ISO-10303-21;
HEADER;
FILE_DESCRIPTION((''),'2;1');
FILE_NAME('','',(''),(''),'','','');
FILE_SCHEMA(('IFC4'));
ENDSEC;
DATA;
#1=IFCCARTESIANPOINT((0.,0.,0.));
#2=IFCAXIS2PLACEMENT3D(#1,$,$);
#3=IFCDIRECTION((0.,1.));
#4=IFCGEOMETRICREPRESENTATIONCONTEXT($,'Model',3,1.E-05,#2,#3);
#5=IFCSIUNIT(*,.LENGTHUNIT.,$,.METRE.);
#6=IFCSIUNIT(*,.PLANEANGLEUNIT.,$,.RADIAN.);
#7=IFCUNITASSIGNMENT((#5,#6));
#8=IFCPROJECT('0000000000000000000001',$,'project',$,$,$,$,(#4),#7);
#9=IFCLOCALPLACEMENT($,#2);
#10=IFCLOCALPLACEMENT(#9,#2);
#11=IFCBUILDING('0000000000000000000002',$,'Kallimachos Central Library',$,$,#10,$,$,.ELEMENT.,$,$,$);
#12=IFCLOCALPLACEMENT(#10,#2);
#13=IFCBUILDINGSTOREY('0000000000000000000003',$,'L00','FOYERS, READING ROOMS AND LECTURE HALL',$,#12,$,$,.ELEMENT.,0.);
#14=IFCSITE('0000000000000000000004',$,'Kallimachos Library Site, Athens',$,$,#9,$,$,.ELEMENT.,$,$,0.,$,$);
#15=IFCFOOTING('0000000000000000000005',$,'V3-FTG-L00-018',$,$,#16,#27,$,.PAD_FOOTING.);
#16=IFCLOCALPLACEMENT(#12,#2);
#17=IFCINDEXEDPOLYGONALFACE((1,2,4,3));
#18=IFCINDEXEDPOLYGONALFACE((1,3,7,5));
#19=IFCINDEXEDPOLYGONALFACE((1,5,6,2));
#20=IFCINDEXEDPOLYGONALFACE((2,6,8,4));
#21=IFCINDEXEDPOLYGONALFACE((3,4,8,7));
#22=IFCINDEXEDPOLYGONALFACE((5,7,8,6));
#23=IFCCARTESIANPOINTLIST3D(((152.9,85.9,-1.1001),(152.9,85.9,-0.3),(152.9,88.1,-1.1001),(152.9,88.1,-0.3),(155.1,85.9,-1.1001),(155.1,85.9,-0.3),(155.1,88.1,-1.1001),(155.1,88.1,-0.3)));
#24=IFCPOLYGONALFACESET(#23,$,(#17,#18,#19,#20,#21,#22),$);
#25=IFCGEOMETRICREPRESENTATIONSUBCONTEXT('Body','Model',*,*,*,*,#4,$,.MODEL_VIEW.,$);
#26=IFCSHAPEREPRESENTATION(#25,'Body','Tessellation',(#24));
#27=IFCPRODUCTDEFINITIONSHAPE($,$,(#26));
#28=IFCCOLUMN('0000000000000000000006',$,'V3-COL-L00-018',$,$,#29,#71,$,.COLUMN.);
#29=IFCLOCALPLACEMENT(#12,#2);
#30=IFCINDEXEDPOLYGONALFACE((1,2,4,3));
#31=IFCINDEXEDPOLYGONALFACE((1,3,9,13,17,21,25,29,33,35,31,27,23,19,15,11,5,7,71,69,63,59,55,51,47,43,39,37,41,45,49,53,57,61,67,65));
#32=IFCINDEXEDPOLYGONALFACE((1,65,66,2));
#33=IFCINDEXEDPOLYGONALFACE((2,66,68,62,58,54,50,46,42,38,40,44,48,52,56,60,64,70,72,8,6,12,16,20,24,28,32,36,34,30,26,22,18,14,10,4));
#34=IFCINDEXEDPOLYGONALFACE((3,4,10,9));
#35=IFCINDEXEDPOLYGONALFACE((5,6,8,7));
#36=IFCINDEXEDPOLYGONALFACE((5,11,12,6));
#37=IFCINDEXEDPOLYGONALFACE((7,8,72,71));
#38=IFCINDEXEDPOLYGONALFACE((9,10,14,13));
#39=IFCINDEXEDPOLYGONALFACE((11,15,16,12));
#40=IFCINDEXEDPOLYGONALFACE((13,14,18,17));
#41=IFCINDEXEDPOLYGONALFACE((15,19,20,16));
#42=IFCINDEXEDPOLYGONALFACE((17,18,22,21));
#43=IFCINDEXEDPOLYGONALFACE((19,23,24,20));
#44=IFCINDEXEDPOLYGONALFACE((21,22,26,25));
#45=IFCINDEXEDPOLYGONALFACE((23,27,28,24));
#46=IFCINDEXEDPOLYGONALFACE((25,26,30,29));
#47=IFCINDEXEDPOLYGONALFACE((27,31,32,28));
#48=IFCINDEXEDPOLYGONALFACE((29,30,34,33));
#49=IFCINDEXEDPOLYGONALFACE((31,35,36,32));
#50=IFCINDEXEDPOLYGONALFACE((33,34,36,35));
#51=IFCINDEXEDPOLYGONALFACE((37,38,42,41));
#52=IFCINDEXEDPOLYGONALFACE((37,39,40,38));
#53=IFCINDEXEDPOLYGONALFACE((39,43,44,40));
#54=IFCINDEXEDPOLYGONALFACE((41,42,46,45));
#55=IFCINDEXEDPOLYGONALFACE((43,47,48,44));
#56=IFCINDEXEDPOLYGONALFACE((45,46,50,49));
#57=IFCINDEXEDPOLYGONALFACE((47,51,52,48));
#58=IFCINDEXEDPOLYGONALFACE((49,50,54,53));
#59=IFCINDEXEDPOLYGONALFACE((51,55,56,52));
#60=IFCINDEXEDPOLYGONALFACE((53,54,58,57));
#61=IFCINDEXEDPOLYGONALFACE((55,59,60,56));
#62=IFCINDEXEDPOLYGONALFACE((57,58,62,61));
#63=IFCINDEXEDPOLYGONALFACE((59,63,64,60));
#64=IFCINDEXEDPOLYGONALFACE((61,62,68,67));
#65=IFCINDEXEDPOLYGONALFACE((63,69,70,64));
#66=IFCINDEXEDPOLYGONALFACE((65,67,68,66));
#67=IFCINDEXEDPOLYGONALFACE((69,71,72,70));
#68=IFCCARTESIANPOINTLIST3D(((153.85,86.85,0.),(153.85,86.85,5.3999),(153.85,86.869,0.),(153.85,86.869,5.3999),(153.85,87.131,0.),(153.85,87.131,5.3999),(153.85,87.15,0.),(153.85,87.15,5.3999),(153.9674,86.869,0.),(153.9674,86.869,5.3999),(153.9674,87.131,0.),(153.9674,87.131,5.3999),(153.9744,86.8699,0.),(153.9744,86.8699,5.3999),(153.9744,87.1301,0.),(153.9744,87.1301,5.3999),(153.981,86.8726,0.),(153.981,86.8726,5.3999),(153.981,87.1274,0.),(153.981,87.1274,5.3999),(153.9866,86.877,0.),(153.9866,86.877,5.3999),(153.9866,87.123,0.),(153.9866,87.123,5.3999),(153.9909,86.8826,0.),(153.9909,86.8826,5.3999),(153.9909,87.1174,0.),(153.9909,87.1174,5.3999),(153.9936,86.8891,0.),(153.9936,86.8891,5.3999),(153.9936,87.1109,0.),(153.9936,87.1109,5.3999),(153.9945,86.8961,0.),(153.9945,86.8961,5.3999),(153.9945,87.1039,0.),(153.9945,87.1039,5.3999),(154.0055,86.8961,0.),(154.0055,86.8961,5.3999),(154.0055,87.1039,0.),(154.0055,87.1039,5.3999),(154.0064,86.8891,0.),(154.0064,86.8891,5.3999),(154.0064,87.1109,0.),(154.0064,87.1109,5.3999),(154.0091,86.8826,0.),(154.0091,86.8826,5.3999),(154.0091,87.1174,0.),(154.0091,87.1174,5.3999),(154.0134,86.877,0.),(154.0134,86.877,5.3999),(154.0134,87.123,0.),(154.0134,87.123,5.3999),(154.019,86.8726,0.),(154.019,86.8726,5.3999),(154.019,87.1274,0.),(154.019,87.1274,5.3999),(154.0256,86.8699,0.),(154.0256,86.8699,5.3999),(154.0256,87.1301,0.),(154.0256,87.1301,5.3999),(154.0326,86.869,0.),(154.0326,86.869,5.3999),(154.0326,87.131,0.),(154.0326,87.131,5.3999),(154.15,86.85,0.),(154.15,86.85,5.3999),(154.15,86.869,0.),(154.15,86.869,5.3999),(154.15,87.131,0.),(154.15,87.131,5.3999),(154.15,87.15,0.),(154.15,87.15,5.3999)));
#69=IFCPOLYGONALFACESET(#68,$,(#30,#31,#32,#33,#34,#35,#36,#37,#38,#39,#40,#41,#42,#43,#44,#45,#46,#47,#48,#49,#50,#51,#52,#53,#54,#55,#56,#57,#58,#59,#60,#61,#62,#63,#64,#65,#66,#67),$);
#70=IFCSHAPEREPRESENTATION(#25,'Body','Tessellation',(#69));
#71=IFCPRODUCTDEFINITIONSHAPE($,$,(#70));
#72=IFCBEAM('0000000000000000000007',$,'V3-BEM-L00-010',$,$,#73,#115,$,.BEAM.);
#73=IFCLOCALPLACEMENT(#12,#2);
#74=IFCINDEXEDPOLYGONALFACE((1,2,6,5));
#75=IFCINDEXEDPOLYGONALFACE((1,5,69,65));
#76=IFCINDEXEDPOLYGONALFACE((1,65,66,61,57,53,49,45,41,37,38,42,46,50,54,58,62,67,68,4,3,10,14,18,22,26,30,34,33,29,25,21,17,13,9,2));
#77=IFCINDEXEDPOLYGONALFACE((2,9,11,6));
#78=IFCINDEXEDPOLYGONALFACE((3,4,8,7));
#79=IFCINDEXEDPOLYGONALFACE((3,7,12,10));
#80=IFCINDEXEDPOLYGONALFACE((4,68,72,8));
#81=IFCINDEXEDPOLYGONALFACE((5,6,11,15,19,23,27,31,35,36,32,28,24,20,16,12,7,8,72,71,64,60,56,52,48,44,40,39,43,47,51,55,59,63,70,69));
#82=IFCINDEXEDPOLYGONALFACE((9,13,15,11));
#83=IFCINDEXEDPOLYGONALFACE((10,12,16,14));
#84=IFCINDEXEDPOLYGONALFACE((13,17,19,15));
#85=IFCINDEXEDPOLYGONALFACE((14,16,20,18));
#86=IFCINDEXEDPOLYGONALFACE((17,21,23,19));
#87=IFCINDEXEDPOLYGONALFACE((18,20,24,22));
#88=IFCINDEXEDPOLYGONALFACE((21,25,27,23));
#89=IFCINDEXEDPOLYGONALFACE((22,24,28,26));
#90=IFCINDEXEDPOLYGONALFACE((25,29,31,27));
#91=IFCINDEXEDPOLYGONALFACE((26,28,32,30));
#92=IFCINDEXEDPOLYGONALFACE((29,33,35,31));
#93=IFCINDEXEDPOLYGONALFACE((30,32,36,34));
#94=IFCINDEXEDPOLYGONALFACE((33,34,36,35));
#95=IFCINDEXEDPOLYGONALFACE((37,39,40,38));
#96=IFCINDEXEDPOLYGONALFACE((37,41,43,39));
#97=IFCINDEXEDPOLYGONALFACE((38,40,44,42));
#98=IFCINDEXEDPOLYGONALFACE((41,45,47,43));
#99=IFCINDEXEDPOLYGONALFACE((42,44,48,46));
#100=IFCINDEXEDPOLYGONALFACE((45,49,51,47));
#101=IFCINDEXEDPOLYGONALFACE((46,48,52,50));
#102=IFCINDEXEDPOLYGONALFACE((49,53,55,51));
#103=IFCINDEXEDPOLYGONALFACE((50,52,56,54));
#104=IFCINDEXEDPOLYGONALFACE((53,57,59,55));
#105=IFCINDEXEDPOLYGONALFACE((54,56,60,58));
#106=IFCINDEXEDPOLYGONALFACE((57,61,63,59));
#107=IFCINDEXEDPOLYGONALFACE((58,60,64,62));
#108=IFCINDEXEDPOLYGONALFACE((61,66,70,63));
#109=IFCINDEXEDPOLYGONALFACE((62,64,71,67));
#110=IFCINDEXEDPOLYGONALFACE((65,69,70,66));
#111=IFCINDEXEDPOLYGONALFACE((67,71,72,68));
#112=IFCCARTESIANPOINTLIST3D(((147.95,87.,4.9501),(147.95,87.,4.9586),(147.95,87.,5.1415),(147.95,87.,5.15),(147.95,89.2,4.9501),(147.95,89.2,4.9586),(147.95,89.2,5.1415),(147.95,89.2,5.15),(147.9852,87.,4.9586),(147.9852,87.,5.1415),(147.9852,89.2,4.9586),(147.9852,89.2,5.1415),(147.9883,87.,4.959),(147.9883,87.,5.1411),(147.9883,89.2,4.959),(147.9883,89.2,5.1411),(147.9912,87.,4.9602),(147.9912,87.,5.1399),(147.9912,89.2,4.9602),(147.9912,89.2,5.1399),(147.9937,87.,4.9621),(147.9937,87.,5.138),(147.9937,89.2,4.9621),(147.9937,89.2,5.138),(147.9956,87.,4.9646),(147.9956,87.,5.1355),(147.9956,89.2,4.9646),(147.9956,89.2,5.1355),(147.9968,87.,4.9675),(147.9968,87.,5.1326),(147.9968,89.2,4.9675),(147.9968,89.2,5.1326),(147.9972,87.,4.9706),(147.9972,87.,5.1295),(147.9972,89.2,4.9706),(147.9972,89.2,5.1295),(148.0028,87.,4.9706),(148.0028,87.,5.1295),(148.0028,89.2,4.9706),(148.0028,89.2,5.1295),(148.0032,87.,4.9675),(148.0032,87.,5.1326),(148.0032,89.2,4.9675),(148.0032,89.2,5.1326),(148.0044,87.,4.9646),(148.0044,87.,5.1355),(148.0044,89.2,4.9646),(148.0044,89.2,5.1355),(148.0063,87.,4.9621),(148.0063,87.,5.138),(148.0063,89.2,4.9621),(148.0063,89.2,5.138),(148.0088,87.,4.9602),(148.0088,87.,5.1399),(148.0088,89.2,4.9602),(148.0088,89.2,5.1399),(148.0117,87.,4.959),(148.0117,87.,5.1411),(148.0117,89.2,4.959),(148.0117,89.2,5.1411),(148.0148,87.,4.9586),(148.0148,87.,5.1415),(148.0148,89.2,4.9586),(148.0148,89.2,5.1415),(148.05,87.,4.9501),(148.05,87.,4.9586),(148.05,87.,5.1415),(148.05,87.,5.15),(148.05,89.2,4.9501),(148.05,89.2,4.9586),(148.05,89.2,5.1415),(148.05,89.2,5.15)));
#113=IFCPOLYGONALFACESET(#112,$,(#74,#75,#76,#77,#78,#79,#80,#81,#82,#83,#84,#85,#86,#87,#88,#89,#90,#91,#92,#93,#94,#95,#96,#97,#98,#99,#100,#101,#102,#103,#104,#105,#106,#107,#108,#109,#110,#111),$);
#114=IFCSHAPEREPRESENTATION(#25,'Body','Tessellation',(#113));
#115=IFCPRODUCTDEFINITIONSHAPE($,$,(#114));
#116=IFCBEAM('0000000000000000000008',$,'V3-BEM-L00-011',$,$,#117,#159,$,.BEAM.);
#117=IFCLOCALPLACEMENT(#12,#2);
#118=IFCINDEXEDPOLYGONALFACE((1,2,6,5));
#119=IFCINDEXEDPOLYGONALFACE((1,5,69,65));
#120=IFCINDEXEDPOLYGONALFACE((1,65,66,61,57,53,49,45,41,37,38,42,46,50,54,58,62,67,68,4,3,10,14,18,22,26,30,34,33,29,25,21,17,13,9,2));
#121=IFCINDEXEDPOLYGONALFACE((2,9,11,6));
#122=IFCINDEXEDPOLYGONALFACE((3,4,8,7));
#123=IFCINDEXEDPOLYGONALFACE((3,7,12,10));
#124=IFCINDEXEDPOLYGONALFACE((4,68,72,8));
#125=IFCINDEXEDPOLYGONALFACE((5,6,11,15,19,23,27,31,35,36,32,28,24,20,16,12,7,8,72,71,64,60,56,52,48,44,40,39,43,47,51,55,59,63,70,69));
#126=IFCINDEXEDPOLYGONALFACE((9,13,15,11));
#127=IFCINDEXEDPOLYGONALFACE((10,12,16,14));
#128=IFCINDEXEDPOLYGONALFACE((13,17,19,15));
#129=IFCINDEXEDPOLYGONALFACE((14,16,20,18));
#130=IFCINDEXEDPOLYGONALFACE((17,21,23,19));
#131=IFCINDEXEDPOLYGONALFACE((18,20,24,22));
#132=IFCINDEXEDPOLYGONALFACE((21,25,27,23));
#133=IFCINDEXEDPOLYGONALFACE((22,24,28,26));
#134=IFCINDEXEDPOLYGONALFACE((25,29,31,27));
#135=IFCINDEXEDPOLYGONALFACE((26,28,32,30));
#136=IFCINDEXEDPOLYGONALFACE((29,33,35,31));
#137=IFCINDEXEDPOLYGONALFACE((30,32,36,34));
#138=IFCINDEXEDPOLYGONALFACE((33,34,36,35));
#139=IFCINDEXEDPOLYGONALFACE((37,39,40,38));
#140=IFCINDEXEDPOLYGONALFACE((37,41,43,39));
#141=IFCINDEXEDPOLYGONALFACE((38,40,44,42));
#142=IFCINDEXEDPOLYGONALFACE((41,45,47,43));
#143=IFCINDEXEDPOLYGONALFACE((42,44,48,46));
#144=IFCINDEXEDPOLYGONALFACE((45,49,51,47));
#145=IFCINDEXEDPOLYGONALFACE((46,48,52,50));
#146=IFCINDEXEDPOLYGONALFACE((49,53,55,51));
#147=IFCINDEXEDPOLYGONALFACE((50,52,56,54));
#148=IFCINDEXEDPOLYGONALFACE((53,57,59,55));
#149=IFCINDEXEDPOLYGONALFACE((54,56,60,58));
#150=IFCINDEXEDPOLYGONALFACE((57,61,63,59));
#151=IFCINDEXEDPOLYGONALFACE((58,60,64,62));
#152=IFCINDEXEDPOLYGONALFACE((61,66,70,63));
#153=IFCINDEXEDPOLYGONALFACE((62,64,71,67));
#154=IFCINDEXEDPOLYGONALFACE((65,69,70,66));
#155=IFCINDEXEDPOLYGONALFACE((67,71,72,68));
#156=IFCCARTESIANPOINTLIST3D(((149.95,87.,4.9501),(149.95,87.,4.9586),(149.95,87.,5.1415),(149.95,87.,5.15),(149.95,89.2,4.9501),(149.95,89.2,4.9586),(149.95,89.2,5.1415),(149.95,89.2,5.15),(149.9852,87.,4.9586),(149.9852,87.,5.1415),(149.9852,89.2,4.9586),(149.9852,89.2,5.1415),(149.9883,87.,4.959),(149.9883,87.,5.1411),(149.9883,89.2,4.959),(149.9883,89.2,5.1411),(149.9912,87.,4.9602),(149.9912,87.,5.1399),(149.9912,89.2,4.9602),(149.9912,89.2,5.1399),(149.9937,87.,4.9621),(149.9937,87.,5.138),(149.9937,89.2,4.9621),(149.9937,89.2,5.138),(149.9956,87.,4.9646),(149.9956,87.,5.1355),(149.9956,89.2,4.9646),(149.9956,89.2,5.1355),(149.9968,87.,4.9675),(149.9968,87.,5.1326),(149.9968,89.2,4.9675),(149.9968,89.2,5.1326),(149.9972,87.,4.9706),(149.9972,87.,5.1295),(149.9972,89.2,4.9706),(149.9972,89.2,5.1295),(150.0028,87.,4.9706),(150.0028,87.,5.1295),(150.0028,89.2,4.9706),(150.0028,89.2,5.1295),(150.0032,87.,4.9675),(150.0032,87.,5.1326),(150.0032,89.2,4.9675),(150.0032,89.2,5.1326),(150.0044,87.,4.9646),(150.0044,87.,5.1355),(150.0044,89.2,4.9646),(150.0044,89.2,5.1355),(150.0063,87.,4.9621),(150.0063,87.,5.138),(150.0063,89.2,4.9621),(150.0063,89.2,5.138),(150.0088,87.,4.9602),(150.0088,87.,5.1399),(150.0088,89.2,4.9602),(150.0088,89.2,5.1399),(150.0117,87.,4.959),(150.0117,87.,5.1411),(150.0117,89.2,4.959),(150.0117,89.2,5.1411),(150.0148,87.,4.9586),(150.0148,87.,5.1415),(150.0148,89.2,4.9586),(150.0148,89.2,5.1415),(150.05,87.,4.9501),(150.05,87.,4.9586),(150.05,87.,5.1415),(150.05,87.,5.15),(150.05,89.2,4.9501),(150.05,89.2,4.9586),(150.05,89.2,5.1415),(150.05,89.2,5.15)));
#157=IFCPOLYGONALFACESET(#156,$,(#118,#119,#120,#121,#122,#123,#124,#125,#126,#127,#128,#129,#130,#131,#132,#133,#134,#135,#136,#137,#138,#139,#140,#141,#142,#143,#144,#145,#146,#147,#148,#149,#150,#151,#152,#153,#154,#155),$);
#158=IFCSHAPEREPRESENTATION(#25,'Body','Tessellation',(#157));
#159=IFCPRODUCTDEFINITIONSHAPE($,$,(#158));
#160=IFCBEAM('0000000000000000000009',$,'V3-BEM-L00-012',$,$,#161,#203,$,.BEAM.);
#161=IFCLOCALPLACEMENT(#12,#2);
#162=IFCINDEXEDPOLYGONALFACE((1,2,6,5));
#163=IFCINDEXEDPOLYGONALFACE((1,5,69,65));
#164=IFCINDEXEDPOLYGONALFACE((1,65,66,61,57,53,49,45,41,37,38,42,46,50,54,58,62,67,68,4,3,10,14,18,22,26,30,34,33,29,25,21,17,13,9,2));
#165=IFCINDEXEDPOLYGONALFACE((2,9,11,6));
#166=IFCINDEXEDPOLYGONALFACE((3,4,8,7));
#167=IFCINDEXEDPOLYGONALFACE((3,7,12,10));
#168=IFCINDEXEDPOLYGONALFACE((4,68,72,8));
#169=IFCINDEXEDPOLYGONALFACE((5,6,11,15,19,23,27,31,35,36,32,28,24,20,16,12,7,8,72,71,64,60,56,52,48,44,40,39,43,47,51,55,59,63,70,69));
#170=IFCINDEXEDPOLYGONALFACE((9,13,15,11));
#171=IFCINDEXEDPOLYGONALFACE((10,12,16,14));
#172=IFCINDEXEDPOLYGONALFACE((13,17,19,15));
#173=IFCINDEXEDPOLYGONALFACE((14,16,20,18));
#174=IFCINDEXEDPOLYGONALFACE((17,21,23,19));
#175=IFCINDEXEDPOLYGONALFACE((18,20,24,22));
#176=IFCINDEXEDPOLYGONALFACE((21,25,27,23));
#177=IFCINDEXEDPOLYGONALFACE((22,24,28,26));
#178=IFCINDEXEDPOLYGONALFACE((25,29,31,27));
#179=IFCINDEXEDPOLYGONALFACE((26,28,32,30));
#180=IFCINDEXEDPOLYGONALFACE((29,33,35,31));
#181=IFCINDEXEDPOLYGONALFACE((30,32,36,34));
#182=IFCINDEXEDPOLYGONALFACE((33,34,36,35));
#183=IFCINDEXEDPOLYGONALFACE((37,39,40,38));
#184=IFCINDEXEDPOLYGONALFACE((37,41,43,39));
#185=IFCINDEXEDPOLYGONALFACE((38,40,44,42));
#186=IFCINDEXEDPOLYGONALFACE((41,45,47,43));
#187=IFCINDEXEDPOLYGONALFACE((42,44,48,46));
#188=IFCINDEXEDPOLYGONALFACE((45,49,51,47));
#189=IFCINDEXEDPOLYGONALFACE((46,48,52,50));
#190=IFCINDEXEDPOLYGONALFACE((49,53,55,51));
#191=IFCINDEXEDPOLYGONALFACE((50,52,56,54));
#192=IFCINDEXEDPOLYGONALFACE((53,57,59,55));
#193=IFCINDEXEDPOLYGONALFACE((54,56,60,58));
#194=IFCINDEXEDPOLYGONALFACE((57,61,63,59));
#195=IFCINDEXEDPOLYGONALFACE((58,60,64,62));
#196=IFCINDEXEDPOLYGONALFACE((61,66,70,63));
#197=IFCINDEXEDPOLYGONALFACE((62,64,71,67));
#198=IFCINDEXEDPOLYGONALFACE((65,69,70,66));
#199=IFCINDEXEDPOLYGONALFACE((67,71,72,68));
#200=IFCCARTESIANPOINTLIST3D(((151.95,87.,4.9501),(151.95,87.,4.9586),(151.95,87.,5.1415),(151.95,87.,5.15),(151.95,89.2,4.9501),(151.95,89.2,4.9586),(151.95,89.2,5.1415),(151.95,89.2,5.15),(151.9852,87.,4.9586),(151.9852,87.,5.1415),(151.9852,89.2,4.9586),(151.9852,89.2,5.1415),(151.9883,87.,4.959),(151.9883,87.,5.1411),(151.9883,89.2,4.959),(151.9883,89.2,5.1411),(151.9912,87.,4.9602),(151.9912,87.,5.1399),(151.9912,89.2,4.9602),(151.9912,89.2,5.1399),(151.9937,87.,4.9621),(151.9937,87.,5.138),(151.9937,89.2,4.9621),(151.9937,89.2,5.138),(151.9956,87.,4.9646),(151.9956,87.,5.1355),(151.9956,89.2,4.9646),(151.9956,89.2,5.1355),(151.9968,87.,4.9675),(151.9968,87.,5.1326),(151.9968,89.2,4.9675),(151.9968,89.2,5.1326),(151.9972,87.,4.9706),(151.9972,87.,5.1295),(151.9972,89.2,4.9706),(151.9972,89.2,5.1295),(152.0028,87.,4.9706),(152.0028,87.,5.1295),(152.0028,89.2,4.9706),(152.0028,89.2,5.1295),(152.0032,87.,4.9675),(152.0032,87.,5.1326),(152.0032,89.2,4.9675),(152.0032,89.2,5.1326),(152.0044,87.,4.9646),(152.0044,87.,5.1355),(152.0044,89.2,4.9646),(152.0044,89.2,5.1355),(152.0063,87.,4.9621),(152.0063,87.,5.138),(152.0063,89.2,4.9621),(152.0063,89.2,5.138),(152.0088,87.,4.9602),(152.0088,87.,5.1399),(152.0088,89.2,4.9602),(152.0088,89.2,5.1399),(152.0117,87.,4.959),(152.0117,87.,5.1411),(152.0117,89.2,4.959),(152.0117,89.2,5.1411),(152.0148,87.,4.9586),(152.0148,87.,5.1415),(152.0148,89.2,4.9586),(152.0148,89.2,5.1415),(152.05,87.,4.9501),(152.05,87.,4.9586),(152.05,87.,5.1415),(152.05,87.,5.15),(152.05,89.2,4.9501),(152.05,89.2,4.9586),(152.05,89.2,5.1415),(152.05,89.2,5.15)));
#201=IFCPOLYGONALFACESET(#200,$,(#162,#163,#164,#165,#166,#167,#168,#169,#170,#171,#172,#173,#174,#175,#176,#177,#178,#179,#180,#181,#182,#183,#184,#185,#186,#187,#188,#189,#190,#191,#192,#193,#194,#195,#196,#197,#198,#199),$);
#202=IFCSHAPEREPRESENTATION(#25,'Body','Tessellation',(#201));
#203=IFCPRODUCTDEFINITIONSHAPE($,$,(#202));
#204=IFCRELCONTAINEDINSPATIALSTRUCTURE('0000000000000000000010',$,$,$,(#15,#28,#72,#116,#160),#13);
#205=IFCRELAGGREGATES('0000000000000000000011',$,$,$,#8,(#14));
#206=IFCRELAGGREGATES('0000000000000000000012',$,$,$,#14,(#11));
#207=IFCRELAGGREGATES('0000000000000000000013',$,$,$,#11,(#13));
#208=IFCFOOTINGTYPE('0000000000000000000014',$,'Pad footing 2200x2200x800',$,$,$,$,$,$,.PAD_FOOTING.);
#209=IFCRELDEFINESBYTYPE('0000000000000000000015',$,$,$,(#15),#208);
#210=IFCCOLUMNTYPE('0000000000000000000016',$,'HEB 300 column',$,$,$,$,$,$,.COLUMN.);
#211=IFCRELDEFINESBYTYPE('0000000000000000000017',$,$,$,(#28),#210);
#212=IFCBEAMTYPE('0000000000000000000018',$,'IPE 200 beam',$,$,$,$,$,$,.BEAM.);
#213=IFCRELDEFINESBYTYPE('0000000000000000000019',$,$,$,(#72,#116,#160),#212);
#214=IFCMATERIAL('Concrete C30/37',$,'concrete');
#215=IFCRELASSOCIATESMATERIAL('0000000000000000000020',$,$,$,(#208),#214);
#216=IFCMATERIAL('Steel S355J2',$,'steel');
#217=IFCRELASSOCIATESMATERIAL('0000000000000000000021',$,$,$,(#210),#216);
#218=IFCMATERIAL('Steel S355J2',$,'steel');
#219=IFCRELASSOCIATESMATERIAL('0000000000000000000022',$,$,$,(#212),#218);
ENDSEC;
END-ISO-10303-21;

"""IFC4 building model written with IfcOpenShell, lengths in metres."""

from ifc_helpers import new_model, si_unit, direction, frame, origin, origin_2d, place, context, subcontext, project, spatial, rectangle, i_section, extrude, material, material_profile, profile_set, type_object, element, save


model = new_model("IFC4")

# Units and contexts
model_context = context("Model", 3, precision=1e-05, world=origin(), true_north=direction((0.0, 1.0)))
body_context = subcontext(model_context, "Body", "Model", "MODEL_VIEW")
ifc_project = project(units=[si_unit("LENGTHUNIT", "METRE"), si_unit("PLANEANGLEUNIT", "RADIAN")], contexts=[model_context])

# Site, building, storey
site_placement = place(None, origin())
site = spatial("IfcSite", under=ifc_project, at=site_placement, Name="Kallimachos Library Site, Athens", CompositionType="ELEMENT", RefElevation=0.0)
building_placement = place(site_placement, origin())
building = spatial("IfcBuilding", under=site, at=building_placement, Name="Kallimachos Central Library", CompositionType="ELEMENT")
storey_placement = place(building_placement, origin())
storey = spatial("IfcBuildingStorey", under=building, at=storey_placement, Name="L00", Description="FOYERS, READING ROOMS AND LECTURE HALL", CompositionType="ELEMENT", Elevation=0.0)

# Footing
ifc_material_1 = material(Name="Concrete C30/37", Category="concrete")
footing_type = type_object("IfcFootingType", Name="Pad footing 2200x2200x800", PredefinedType="PAD_FOOTING", material=ifc_material_1)
footing_placement = place(storey_placement, frame((154.0, 87.0, -1.1001), z_axis=(0.0, 0.0, 1.0), x_axis=(1.0, 0.0, 0.0)))
element("IfcFooting", 1, at=footing_placement, inside=storey, type_object=footing_type, Name="V3-FTG-L00-018", PredefinedType="PAD_FOOTING", context=body_context, shape_type="SweptSolid", body=[
    extrude(rectangle(XDim=2.2, YDim=2.2, at=origin_2d()), origin(), (0.0, 0.0, 1.0), 0.8),
])

# Column
ifc_material_2 = material(Name="Steel S355J2", Category="steel")
ifc_material_profile_1 = material_profile(ifc_material_2, i_section(OverallWidth=0.3, OverallDepth=0.3, WebThickness=0.011, FlangeThickness=0.019, FilletRadius=0.0271, at=origin_2d()), Name="HEB 300")
ifc_profile_set_1 = profile_set([ifc_material_profile_1], Name="Steel S355J2")
column_type = type_object("IfcColumnType", Name="HEB 300 column", PredefinedType="COLUMN", material=ifc_profile_set_1)
column_placement = place(storey_placement, frame((154.0, 87.0, 0.0), z_axis=(0.0, 0.0, 1.0), x_axis=(1.0, 0.0, 0.0)))
element("IfcColumn", 2, at=column_placement, inside=storey, type_object=column_type, Name="V3-COL-L00-018", PredefinedType="COLUMN", context=body_context, shape_type="SweptSolid", body=[
    extrude(i_section(OverallWidth=0.3, OverallDepth=0.3, WebThickness=0.011, FlangeThickness=0.019, FilletRadius=0.0271, at=origin_2d()), origin(), (0.0, 0.0, 1.0), 5.3999),
])

# Beams
ifc_material_3 = material(Name="Steel S355J2", Category="steel")
ifc_material_profile_2 = material_profile(ifc_material_3, i_section(OverallWidth=0.1001, OverallDepth=0.2, WebThickness=0.0056, FlangeThickness=0.0085, FilletRadius=0.012, at=origin_2d()), Name="IPE 200")
ifc_profile_set_2 = profile_set([ifc_material_profile_2], Name="Steel S355J2")
beam_type_1 = type_object("IfcBeamType", Name="IPE 200 beam", PredefinedType="BEAM", material=ifc_profile_set_2)
for number, where, z_axis, x_axis, name in (
    (3, (148.0, 87.0, 5.05), (0.0, 1.0, 0.0), (-1.0, 0.0, 0.0), "V3-BEM-L00-010"),
    (4, (150.0, 87.0, 5.05), (0.0, 1.0, 0.0), (-1.0, 0.0, 0.0), "V3-BEM-L00-011"),
    (5, (152.0, 87.0, 5.05), (0.0, 1.0, 0.0), (-1.0, 0.0, 0.0), "V3-BEM-L00-012"),
):
    element("IfcBeam", number, at=place(storey_placement, frame(where, z_axis=z_axis, x_axis=x_axis)), inside=storey, type_object=beam_type_1, Name=name, PredefinedType="BEAM", context=body_context, shape_type="SweptSolid", body=[
        extrude(i_section(OverallWidth=0.1001, OverallDepth=0.2, WebThickness=0.0056, FlangeThickness=0.0085, FilletRadius=0.012, at=origin_2d()), origin(), (0.0, 0.0, 1.0), 2.2),
    ])

save(model, "model.ifc")
